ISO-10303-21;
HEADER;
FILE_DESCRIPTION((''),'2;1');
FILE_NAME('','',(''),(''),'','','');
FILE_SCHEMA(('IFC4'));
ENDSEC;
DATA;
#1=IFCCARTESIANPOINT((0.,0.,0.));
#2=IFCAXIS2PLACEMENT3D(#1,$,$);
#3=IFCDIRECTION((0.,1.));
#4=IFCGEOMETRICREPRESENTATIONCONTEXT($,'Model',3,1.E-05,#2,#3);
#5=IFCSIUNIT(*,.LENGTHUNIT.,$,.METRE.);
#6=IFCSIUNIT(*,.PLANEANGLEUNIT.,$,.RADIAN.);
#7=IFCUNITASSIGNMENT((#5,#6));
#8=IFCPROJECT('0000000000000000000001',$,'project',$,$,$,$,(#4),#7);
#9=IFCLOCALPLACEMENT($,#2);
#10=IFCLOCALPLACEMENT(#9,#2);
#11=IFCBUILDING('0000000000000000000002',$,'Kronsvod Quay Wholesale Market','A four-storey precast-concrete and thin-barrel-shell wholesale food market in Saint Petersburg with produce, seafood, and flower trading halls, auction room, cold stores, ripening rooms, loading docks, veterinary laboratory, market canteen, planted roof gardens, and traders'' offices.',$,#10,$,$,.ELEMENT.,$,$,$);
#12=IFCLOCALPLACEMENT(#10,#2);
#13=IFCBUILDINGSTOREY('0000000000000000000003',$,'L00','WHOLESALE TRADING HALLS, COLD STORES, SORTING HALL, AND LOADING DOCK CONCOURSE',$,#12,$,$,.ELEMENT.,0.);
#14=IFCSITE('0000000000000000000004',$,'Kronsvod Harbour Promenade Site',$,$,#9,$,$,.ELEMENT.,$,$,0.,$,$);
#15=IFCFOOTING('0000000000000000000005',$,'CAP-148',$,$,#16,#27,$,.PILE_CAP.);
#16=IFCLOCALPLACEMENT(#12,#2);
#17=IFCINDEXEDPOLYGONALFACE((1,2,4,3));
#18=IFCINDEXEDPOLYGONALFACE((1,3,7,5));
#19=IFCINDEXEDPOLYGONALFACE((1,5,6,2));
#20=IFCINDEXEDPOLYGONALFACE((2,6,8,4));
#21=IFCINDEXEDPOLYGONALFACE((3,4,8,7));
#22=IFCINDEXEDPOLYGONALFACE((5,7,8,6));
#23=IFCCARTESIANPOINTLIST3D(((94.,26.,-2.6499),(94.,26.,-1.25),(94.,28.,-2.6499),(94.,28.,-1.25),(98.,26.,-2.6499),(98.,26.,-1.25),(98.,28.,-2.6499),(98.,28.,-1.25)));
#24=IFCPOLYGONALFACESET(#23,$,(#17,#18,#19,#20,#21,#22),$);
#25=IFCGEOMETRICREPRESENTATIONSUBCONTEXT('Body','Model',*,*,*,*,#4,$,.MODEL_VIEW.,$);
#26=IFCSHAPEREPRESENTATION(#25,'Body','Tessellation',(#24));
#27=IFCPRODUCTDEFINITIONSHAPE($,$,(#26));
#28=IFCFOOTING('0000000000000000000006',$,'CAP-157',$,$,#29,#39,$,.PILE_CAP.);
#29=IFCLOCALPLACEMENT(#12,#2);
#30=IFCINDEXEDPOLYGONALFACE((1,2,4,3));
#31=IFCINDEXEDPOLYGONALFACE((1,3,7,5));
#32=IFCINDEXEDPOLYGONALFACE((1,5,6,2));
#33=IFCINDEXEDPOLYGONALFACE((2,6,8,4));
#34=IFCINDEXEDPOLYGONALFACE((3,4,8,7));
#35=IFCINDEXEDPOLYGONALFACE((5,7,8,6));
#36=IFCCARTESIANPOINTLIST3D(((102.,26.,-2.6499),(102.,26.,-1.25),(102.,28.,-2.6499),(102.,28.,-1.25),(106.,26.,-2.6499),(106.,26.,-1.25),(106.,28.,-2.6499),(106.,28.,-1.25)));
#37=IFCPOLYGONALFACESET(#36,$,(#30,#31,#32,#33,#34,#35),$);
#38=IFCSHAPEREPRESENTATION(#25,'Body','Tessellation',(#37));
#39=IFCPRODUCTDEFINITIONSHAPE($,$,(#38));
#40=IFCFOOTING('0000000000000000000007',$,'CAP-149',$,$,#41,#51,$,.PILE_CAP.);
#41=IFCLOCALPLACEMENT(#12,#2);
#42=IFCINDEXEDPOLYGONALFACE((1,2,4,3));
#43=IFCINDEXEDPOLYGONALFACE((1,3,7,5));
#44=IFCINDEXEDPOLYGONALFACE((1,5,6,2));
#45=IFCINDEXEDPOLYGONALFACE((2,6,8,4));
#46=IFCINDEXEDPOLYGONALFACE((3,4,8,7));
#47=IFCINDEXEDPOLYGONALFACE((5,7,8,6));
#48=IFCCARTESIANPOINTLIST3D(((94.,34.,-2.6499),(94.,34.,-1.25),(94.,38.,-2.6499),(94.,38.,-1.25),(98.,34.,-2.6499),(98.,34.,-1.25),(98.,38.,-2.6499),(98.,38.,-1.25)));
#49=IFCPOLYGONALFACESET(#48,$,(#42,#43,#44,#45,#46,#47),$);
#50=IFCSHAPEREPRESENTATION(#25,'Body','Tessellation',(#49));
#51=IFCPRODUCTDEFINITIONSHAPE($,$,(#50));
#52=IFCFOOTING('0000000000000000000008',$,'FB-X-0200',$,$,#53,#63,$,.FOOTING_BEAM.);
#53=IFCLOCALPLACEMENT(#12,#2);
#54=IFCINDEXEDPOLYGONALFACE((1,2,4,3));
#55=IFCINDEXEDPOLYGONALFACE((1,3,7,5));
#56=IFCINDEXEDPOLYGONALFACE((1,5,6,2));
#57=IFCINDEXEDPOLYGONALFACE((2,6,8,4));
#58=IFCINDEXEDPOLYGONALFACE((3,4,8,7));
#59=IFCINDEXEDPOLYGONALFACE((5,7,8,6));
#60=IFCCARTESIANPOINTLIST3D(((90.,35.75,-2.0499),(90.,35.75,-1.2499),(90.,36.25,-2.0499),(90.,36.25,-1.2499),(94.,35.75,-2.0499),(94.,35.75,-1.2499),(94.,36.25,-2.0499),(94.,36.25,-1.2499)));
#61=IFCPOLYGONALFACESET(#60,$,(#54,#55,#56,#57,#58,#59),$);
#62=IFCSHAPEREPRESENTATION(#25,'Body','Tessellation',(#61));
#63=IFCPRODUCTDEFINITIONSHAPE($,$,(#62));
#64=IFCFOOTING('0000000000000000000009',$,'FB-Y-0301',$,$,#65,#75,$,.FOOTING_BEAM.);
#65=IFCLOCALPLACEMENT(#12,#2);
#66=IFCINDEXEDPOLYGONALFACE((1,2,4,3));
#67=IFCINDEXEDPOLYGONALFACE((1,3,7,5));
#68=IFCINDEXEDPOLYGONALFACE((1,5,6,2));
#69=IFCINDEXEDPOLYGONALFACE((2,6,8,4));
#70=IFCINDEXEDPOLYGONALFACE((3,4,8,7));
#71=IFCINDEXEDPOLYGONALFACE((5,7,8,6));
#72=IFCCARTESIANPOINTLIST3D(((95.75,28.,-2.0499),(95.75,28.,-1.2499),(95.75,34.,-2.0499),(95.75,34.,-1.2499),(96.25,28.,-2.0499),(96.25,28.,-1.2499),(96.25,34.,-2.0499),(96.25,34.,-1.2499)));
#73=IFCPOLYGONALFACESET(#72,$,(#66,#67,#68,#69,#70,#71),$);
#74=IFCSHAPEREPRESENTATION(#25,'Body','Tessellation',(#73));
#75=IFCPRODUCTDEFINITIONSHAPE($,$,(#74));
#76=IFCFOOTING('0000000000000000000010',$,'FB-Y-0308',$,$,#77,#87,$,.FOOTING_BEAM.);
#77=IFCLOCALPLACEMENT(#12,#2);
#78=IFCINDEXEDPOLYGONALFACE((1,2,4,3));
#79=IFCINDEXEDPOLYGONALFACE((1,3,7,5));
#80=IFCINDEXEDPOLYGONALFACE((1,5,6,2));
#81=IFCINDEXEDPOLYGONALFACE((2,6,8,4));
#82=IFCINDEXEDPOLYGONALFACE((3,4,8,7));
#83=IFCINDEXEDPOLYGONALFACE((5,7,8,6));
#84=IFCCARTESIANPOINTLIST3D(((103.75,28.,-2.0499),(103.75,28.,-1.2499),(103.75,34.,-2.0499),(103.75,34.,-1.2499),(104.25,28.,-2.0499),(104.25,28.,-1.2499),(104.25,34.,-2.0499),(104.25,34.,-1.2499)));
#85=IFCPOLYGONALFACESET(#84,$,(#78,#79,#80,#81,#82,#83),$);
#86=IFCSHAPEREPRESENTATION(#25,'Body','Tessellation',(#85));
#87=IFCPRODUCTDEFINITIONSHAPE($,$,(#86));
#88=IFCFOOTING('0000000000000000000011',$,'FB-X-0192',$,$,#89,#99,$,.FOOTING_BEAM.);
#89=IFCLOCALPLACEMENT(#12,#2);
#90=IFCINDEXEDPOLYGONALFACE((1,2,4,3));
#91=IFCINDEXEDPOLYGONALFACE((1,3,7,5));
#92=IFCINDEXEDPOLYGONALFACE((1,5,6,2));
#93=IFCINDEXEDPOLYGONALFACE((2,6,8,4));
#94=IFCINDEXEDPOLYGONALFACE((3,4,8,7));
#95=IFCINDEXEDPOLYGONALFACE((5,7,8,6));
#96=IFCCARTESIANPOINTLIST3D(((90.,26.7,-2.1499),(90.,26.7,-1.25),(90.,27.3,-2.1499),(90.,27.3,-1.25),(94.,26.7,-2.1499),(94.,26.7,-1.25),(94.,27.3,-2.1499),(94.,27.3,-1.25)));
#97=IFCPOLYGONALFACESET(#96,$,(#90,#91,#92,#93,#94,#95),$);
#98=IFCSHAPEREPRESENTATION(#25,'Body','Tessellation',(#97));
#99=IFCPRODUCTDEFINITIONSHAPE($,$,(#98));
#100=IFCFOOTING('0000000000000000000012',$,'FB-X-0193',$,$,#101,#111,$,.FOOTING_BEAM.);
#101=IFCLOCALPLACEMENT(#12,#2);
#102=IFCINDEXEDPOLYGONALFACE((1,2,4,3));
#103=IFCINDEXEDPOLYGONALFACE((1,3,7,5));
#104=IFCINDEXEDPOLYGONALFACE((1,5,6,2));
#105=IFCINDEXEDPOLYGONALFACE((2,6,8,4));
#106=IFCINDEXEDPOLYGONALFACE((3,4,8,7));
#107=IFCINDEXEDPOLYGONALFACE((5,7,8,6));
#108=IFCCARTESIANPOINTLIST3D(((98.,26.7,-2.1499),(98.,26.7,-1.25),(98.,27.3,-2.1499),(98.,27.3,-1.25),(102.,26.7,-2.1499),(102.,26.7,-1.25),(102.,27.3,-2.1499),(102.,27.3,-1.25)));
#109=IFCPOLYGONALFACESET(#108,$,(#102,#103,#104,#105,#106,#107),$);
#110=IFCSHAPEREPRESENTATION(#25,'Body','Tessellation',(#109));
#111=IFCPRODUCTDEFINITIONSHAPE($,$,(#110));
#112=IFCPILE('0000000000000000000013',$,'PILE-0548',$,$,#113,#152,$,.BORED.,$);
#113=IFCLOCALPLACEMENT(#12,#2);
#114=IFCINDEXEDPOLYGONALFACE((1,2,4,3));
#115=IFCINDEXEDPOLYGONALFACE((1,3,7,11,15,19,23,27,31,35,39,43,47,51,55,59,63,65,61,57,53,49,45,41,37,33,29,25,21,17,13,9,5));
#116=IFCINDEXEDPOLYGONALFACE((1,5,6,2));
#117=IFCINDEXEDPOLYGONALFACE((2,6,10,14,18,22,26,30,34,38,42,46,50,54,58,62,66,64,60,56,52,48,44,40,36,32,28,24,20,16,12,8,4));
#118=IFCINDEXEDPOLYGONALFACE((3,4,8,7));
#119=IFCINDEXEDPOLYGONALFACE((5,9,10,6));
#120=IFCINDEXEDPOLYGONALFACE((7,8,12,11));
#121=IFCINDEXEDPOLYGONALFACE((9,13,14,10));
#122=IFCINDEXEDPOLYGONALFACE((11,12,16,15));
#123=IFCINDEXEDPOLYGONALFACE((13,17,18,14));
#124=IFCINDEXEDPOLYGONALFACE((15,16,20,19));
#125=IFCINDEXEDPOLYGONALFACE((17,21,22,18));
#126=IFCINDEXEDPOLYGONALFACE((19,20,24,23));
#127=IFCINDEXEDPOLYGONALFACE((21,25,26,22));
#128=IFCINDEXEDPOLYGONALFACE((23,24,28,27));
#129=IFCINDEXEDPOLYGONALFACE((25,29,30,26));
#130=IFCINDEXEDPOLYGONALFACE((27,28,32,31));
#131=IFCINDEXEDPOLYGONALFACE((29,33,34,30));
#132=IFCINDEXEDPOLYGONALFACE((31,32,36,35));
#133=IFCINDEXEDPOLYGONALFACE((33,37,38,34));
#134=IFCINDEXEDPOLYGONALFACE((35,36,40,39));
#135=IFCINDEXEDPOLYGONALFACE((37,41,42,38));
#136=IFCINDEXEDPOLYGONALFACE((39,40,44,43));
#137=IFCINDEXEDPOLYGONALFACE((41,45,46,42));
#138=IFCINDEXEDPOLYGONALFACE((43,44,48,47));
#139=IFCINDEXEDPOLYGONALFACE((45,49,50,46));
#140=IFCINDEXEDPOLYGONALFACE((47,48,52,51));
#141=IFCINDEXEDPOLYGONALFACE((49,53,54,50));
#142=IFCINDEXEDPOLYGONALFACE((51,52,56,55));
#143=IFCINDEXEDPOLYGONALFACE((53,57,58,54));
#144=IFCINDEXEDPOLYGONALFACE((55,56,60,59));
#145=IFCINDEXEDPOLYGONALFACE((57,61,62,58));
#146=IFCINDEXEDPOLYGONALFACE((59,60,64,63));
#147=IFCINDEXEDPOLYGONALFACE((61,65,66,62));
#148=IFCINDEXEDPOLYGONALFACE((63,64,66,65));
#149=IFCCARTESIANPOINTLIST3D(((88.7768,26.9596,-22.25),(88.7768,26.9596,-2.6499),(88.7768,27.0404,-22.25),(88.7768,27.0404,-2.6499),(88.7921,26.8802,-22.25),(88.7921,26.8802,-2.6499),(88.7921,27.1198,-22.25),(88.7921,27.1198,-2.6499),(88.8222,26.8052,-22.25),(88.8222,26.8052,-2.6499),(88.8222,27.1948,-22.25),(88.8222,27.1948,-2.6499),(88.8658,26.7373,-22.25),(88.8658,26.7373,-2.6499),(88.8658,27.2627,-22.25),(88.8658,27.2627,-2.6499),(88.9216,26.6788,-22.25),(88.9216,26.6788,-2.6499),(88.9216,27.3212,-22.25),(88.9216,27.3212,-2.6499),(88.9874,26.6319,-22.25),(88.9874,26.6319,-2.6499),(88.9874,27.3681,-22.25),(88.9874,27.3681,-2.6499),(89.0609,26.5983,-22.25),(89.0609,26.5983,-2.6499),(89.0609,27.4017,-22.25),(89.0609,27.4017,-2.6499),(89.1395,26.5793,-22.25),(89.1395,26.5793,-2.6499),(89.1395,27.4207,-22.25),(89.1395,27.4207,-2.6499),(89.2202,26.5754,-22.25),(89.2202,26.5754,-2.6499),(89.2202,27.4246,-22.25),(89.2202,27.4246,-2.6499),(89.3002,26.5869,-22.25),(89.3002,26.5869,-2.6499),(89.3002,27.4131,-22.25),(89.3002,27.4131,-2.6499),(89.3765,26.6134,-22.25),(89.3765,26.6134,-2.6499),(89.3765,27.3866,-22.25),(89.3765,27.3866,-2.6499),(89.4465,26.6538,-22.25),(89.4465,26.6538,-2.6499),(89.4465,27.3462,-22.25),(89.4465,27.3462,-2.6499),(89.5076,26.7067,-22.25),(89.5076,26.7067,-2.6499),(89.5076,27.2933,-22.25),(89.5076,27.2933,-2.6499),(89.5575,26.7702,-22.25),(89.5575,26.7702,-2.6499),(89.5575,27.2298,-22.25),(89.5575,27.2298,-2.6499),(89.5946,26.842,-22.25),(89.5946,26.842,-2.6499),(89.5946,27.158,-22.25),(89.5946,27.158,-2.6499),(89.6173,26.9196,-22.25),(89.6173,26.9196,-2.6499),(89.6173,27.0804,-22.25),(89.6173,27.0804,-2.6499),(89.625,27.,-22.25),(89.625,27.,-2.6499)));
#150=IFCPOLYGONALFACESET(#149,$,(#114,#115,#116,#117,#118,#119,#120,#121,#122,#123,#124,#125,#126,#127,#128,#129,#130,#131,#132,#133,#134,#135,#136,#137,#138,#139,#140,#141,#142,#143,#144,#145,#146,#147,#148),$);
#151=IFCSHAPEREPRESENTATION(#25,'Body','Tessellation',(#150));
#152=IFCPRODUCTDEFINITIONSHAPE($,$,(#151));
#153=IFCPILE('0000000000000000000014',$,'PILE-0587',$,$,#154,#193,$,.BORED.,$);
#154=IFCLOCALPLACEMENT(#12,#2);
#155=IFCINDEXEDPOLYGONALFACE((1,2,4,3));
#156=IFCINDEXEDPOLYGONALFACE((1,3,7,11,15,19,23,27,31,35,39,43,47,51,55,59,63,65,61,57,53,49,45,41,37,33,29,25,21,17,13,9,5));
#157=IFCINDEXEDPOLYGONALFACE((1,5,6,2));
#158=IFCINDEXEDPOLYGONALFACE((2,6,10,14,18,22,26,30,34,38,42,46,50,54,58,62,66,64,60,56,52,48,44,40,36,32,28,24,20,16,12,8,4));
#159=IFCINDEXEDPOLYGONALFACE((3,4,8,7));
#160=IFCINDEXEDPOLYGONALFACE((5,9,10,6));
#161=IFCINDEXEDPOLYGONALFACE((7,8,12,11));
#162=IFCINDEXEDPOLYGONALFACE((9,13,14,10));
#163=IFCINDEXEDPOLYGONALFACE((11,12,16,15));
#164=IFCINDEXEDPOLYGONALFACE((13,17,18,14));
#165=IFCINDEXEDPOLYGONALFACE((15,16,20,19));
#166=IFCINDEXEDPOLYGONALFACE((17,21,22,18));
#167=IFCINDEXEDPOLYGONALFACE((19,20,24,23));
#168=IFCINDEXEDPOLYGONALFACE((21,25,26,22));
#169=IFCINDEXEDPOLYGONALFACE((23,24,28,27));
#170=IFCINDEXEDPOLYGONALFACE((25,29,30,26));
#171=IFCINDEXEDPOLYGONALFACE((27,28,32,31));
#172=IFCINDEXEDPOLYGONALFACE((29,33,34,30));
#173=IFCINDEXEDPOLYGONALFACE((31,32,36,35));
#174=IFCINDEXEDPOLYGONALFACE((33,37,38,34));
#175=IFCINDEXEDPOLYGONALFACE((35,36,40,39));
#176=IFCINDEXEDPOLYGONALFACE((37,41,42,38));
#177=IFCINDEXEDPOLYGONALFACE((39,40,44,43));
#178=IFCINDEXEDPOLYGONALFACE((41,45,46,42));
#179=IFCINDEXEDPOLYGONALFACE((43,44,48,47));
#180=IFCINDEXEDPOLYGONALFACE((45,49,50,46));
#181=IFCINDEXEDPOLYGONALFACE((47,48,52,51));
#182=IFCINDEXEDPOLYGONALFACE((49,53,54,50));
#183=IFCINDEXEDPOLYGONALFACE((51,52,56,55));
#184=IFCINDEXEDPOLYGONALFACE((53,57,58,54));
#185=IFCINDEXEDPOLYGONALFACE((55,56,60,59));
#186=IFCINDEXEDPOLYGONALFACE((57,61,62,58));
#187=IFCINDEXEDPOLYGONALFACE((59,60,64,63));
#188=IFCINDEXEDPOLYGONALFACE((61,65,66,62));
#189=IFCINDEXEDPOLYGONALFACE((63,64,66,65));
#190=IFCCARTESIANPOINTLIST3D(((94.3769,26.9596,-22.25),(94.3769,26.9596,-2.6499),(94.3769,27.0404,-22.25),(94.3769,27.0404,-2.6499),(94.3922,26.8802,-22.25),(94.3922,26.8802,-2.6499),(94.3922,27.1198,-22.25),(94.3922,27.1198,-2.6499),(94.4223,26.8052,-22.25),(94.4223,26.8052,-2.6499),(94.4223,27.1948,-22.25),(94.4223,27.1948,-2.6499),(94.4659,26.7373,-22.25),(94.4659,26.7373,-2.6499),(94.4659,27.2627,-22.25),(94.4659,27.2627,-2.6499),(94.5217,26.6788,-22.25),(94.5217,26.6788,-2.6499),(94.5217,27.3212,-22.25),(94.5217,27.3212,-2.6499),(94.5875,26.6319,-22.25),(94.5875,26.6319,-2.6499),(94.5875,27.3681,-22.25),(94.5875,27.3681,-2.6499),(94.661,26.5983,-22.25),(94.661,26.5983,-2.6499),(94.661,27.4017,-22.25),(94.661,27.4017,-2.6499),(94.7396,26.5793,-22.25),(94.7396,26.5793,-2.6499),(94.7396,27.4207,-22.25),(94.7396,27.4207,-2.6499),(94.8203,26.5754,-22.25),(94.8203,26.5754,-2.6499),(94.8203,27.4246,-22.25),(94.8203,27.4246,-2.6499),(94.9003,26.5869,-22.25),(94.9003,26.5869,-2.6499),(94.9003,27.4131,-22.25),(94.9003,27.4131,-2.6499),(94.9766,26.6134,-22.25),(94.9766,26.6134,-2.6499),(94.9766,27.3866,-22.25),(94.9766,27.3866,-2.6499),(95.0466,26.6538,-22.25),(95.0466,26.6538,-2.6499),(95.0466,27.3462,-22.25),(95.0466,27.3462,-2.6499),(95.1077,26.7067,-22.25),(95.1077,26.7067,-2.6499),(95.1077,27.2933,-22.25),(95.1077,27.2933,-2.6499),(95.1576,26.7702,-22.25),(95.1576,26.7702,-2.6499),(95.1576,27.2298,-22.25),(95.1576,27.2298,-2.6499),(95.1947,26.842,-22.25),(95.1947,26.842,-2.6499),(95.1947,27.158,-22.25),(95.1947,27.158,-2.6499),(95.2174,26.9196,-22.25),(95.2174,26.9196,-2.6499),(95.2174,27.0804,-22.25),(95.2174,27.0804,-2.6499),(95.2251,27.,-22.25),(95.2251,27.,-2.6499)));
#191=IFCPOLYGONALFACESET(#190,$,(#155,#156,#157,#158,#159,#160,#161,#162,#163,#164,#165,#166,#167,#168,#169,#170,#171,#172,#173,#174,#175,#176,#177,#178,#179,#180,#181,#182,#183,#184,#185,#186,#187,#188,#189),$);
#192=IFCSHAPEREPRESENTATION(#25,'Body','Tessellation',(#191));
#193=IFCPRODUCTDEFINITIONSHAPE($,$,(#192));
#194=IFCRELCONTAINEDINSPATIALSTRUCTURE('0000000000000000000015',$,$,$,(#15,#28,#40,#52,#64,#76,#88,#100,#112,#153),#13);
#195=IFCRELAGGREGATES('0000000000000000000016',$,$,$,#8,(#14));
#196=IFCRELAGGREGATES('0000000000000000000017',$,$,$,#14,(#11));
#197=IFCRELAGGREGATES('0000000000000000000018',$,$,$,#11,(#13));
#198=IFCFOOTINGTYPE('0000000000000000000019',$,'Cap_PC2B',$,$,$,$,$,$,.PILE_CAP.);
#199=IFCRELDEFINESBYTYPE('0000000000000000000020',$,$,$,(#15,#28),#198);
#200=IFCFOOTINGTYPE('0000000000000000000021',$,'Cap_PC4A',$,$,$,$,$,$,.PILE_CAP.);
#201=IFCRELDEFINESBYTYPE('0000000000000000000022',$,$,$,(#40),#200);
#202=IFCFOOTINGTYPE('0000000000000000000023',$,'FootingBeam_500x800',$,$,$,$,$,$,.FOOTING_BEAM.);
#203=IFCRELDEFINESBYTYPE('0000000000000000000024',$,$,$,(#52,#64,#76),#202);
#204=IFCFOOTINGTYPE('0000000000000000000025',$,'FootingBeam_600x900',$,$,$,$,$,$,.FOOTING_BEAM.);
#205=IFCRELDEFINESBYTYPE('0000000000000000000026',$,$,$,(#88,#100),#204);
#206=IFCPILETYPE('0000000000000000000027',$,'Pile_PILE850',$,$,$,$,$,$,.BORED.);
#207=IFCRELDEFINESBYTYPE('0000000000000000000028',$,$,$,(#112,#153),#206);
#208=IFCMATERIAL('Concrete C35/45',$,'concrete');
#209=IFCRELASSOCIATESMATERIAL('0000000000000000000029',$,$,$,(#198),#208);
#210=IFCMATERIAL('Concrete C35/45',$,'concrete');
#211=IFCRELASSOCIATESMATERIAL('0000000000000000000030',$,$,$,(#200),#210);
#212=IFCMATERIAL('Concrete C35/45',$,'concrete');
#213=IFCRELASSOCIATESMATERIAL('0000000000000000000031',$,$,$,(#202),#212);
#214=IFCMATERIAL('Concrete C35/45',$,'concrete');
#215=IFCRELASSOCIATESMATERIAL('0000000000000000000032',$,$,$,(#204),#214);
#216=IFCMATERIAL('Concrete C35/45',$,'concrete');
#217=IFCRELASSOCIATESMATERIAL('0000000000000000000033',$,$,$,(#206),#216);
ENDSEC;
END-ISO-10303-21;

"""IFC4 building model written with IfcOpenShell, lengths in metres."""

from ifc_helpers import new_model, si_unit, direction, frame, origin, origin_2d, place, context, subcontext, project, spatial, rectangle, circle, extrude, material, material_profile, profile_set, type_object, element, save


model = new_model("IFC4")

# Units and contexts
model_context = context("Model", 3, precision=1e-05, world=origin(), true_north=direction((0.0, 1.0)))
body_context = subcontext(model_context, "Body", "Model", "MODEL_VIEW")
ifc_project = project(units=[si_unit("LENGTHUNIT", "METRE"), si_unit("PLANEANGLEUNIT", "RADIAN")], contexts=[model_context])

# Site, building, storey
site_placement = place(None, origin())
site = spatial("IfcSite", under=ifc_project, at=site_placement, Name="Kronsvod Harbour Promenade Site", CompositionType="ELEMENT", RefElevation=0.0)
building_placement = place(site_placement, origin())
building = spatial("IfcBuilding", under=site, at=building_placement, Name="Kronsvod Quay Wholesale Market", Description="A four-storey precast-concrete and thin-barrel-shell wholesale food market in Saint Petersburg with produce, seafood, and flower trading halls, auction room, cold stores, ripening rooms, loading docks, veterinary laboratory, market canteen, planted roof gardens, and traders' offices.", CompositionType="ELEMENT")
storey_placement = place(building_placement, origin())
storey = spatial("IfcBuildingStorey", under=building, at=storey_placement, Name="L00", Description="WHOLESALE TRADING HALLS, COLD STORES, SORTING HALL, AND LOADING DOCK CONCOURSE", CompositionType="ELEMENT", Elevation=0.0)

# Footings
ifc_material_1 = material(Name="Concrete C35/45", Category="concrete")
footing_type_1 = type_object("IfcFootingType", Name="Cap_PC2B", PredefinedType="PILE_CAP", material=ifc_material_1)
for number, where, z_axis, x_axis, name in (
    (1, (96.0, 27.0, -2.6499), (0.0, 0.0, 1.0), (1.0, 0.0, 0.0), "CAP-148"),
    (2, (104.0, 27.0, -2.6499), (0.0, 0.0, 1.0), (1.0, 0.0, 0.0), "CAP-157"),
):
    element("IfcFooting", number, at=place(storey_placement, frame(where, z_axis=z_axis, x_axis=x_axis)), inside=storey, type_object=footing_type_1, Name=name, PredefinedType="PILE_CAP", context=body_context, shape_type="SweptSolid", body=[
        extrude(rectangle(XDim=4.0, YDim=2.0, at=origin_2d()), origin(), (0.0, 0.0, 1.0), 1.3999),
    ])
ifc_material_2 = material(Name="Concrete C35/45", Category="concrete")
footing_type_2 = type_object("IfcFootingType", Name="Cap_PC4A", PredefinedType="PILE_CAP", material=ifc_material_2)
footing_1_placement = place(storey_placement, frame((96.0, 36.0, -2.6499), z_axis=(0.0, 0.0, 1.0), x_axis=(1.0, 0.0, 0.0)))
element("IfcFooting", 3, at=footing_1_placement, inside=storey, type_object=footing_type_2, Name="CAP-149", PredefinedType="PILE_CAP", context=body_context, shape_type="SweptSolid", body=[
    extrude(rectangle(XDim=4.0, YDim=4.0, at=origin_2d()), origin(), (0.0, 0.0, 1.0), 1.3999),
])
ifc_material_3 = material(Name="Concrete C35/45", Category="concrete")
ifc_material_profile_1 = material_profile(ifc_material_3, rectangle(XDim=0.5, YDim=0.8, at=origin_2d()), Name="FB-01")
ifc_profile_set_1 = profile_set([ifc_material_profile_1], Name="Concrete C35/45")
footing_type_3 = type_object("IfcFootingType", Name="FootingBeam_500x800", PredefinedType="FOOTING_BEAM", material=ifc_profile_set_1)
footing_2_placement = place(storey_placement, frame((90.0, 36.0, -1.6499), z_axis=(1.0, 0.0, 0.0), x_axis=(0.0, 1.0, 0.0)))
element("IfcFooting", 4, at=footing_2_placement, inside=storey, type_object=footing_type_3, Name="FB-X-0200", PredefinedType="FOOTING_BEAM", context=body_context, shape_type="SweptSolid", body=[
    extrude(rectangle(XDim=0.5, YDim=0.8, at=origin_2d()), origin(), (0.0, 0.0, 1.0), 4.0),
])
for number, where, z_axis, x_axis, name in (
    (5, (96.0, 28.0, -1.6499), (0.0, 1.0, 0.0), (-1.0, 0.0, 0.0), "FB-Y-0301"),
    (6, (104.0, 28.0, -1.6499), (0.0, 1.0, 0.0), (-1.0, 0.0, 0.0), "FB-Y-0308"),
):
    element("IfcFooting", number, at=place(storey_placement, frame(where, z_axis=z_axis, x_axis=x_axis)), inside=storey, type_object=footing_type_3, Name=name, PredefinedType="FOOTING_BEAM", context=body_context, shape_type="SweptSolid", body=[
        extrude(rectangle(XDim=0.5, YDim=0.8, at=origin_2d()), origin(), (0.0, 0.0, 1.0), 6.0),
    ])
ifc_material_4 = material(Name="Concrete C35/45", Category="concrete")
ifc_material_profile_2 = material_profile(ifc_material_4, rectangle(XDim=0.6001, YDim=0.8999, at=origin_2d()), Name="FB-02")
ifc_profile_set_2 = profile_set([ifc_material_profile_2], Name="Concrete C35/45")
footing_type_4 = type_object("IfcFootingType", Name="FootingBeam_600x900", PredefinedType="FOOTING_BEAM", material=ifc_profile_set_2)
for number, where, z_axis, x_axis, name in (
    (7, (90.0, 27.0, -1.7), (1.0, 0.0, 0.0), (0.0, 1.0, 0.0), "FB-X-0192"),
    (8, (98.0, 27.0, -1.7), (1.0, 0.0, 0.0), (0.0, 1.0, 0.0), "FB-X-0193"),
):
    element("IfcFooting", number, at=place(storey_placement, frame(where, z_axis=z_axis, x_axis=x_axis)), inside=storey, type_object=footing_type_4, Name=name, PredefinedType="FOOTING_BEAM", context=body_context, shape_type="SweptSolid", body=[
        extrude(rectangle(XDim=0.6001, YDim=0.8999, at=origin_2d()), origin(), (0.0, 0.0, 1.0), 4.0),
    ])

# Piles
ifc_material_5 = material(Name="Concrete C35/45", Category="concrete")
ifc_material_profile_3 = material_profile(ifc_material_5, circle(Radius=0.425, at=origin_2d()), Name="PILE850")
ifc_profile_set_3 = profile_set([ifc_material_profile_3], Name="Concrete C35/45")
pile_type_1 = type_object("IfcPileType", Name="Pile_PILE850", PredefinedType="BORED", material=ifc_profile_set_3)
for number, where, z_axis, x_axis, name in (
    (9, (89.2, 27.0, -2.6499), (0.0, 0.0, -1.0), (1.0, 0.0, 0.0), "PILE-0548"),
    (10, (94.8, 27.0, -2.6499), (0.0, 0.0, -1.0), (1.0, 0.0, 0.0), "PILE-0587"),
):
    element("IfcPile", number, at=place(storey_placement, frame(where, z_axis=z_axis, x_axis=x_axis)), inside=storey, type_object=pile_type_1, Name=name, PredefinedType="BORED", context=body_context, shape_type="SweptSolid", body=[
        extrude(circle(Radius=0.425, at=origin_2d()), origin(), (0.0, 0.0, 1.0), 19.6001),
    ])

save(model, "model.ifc")
